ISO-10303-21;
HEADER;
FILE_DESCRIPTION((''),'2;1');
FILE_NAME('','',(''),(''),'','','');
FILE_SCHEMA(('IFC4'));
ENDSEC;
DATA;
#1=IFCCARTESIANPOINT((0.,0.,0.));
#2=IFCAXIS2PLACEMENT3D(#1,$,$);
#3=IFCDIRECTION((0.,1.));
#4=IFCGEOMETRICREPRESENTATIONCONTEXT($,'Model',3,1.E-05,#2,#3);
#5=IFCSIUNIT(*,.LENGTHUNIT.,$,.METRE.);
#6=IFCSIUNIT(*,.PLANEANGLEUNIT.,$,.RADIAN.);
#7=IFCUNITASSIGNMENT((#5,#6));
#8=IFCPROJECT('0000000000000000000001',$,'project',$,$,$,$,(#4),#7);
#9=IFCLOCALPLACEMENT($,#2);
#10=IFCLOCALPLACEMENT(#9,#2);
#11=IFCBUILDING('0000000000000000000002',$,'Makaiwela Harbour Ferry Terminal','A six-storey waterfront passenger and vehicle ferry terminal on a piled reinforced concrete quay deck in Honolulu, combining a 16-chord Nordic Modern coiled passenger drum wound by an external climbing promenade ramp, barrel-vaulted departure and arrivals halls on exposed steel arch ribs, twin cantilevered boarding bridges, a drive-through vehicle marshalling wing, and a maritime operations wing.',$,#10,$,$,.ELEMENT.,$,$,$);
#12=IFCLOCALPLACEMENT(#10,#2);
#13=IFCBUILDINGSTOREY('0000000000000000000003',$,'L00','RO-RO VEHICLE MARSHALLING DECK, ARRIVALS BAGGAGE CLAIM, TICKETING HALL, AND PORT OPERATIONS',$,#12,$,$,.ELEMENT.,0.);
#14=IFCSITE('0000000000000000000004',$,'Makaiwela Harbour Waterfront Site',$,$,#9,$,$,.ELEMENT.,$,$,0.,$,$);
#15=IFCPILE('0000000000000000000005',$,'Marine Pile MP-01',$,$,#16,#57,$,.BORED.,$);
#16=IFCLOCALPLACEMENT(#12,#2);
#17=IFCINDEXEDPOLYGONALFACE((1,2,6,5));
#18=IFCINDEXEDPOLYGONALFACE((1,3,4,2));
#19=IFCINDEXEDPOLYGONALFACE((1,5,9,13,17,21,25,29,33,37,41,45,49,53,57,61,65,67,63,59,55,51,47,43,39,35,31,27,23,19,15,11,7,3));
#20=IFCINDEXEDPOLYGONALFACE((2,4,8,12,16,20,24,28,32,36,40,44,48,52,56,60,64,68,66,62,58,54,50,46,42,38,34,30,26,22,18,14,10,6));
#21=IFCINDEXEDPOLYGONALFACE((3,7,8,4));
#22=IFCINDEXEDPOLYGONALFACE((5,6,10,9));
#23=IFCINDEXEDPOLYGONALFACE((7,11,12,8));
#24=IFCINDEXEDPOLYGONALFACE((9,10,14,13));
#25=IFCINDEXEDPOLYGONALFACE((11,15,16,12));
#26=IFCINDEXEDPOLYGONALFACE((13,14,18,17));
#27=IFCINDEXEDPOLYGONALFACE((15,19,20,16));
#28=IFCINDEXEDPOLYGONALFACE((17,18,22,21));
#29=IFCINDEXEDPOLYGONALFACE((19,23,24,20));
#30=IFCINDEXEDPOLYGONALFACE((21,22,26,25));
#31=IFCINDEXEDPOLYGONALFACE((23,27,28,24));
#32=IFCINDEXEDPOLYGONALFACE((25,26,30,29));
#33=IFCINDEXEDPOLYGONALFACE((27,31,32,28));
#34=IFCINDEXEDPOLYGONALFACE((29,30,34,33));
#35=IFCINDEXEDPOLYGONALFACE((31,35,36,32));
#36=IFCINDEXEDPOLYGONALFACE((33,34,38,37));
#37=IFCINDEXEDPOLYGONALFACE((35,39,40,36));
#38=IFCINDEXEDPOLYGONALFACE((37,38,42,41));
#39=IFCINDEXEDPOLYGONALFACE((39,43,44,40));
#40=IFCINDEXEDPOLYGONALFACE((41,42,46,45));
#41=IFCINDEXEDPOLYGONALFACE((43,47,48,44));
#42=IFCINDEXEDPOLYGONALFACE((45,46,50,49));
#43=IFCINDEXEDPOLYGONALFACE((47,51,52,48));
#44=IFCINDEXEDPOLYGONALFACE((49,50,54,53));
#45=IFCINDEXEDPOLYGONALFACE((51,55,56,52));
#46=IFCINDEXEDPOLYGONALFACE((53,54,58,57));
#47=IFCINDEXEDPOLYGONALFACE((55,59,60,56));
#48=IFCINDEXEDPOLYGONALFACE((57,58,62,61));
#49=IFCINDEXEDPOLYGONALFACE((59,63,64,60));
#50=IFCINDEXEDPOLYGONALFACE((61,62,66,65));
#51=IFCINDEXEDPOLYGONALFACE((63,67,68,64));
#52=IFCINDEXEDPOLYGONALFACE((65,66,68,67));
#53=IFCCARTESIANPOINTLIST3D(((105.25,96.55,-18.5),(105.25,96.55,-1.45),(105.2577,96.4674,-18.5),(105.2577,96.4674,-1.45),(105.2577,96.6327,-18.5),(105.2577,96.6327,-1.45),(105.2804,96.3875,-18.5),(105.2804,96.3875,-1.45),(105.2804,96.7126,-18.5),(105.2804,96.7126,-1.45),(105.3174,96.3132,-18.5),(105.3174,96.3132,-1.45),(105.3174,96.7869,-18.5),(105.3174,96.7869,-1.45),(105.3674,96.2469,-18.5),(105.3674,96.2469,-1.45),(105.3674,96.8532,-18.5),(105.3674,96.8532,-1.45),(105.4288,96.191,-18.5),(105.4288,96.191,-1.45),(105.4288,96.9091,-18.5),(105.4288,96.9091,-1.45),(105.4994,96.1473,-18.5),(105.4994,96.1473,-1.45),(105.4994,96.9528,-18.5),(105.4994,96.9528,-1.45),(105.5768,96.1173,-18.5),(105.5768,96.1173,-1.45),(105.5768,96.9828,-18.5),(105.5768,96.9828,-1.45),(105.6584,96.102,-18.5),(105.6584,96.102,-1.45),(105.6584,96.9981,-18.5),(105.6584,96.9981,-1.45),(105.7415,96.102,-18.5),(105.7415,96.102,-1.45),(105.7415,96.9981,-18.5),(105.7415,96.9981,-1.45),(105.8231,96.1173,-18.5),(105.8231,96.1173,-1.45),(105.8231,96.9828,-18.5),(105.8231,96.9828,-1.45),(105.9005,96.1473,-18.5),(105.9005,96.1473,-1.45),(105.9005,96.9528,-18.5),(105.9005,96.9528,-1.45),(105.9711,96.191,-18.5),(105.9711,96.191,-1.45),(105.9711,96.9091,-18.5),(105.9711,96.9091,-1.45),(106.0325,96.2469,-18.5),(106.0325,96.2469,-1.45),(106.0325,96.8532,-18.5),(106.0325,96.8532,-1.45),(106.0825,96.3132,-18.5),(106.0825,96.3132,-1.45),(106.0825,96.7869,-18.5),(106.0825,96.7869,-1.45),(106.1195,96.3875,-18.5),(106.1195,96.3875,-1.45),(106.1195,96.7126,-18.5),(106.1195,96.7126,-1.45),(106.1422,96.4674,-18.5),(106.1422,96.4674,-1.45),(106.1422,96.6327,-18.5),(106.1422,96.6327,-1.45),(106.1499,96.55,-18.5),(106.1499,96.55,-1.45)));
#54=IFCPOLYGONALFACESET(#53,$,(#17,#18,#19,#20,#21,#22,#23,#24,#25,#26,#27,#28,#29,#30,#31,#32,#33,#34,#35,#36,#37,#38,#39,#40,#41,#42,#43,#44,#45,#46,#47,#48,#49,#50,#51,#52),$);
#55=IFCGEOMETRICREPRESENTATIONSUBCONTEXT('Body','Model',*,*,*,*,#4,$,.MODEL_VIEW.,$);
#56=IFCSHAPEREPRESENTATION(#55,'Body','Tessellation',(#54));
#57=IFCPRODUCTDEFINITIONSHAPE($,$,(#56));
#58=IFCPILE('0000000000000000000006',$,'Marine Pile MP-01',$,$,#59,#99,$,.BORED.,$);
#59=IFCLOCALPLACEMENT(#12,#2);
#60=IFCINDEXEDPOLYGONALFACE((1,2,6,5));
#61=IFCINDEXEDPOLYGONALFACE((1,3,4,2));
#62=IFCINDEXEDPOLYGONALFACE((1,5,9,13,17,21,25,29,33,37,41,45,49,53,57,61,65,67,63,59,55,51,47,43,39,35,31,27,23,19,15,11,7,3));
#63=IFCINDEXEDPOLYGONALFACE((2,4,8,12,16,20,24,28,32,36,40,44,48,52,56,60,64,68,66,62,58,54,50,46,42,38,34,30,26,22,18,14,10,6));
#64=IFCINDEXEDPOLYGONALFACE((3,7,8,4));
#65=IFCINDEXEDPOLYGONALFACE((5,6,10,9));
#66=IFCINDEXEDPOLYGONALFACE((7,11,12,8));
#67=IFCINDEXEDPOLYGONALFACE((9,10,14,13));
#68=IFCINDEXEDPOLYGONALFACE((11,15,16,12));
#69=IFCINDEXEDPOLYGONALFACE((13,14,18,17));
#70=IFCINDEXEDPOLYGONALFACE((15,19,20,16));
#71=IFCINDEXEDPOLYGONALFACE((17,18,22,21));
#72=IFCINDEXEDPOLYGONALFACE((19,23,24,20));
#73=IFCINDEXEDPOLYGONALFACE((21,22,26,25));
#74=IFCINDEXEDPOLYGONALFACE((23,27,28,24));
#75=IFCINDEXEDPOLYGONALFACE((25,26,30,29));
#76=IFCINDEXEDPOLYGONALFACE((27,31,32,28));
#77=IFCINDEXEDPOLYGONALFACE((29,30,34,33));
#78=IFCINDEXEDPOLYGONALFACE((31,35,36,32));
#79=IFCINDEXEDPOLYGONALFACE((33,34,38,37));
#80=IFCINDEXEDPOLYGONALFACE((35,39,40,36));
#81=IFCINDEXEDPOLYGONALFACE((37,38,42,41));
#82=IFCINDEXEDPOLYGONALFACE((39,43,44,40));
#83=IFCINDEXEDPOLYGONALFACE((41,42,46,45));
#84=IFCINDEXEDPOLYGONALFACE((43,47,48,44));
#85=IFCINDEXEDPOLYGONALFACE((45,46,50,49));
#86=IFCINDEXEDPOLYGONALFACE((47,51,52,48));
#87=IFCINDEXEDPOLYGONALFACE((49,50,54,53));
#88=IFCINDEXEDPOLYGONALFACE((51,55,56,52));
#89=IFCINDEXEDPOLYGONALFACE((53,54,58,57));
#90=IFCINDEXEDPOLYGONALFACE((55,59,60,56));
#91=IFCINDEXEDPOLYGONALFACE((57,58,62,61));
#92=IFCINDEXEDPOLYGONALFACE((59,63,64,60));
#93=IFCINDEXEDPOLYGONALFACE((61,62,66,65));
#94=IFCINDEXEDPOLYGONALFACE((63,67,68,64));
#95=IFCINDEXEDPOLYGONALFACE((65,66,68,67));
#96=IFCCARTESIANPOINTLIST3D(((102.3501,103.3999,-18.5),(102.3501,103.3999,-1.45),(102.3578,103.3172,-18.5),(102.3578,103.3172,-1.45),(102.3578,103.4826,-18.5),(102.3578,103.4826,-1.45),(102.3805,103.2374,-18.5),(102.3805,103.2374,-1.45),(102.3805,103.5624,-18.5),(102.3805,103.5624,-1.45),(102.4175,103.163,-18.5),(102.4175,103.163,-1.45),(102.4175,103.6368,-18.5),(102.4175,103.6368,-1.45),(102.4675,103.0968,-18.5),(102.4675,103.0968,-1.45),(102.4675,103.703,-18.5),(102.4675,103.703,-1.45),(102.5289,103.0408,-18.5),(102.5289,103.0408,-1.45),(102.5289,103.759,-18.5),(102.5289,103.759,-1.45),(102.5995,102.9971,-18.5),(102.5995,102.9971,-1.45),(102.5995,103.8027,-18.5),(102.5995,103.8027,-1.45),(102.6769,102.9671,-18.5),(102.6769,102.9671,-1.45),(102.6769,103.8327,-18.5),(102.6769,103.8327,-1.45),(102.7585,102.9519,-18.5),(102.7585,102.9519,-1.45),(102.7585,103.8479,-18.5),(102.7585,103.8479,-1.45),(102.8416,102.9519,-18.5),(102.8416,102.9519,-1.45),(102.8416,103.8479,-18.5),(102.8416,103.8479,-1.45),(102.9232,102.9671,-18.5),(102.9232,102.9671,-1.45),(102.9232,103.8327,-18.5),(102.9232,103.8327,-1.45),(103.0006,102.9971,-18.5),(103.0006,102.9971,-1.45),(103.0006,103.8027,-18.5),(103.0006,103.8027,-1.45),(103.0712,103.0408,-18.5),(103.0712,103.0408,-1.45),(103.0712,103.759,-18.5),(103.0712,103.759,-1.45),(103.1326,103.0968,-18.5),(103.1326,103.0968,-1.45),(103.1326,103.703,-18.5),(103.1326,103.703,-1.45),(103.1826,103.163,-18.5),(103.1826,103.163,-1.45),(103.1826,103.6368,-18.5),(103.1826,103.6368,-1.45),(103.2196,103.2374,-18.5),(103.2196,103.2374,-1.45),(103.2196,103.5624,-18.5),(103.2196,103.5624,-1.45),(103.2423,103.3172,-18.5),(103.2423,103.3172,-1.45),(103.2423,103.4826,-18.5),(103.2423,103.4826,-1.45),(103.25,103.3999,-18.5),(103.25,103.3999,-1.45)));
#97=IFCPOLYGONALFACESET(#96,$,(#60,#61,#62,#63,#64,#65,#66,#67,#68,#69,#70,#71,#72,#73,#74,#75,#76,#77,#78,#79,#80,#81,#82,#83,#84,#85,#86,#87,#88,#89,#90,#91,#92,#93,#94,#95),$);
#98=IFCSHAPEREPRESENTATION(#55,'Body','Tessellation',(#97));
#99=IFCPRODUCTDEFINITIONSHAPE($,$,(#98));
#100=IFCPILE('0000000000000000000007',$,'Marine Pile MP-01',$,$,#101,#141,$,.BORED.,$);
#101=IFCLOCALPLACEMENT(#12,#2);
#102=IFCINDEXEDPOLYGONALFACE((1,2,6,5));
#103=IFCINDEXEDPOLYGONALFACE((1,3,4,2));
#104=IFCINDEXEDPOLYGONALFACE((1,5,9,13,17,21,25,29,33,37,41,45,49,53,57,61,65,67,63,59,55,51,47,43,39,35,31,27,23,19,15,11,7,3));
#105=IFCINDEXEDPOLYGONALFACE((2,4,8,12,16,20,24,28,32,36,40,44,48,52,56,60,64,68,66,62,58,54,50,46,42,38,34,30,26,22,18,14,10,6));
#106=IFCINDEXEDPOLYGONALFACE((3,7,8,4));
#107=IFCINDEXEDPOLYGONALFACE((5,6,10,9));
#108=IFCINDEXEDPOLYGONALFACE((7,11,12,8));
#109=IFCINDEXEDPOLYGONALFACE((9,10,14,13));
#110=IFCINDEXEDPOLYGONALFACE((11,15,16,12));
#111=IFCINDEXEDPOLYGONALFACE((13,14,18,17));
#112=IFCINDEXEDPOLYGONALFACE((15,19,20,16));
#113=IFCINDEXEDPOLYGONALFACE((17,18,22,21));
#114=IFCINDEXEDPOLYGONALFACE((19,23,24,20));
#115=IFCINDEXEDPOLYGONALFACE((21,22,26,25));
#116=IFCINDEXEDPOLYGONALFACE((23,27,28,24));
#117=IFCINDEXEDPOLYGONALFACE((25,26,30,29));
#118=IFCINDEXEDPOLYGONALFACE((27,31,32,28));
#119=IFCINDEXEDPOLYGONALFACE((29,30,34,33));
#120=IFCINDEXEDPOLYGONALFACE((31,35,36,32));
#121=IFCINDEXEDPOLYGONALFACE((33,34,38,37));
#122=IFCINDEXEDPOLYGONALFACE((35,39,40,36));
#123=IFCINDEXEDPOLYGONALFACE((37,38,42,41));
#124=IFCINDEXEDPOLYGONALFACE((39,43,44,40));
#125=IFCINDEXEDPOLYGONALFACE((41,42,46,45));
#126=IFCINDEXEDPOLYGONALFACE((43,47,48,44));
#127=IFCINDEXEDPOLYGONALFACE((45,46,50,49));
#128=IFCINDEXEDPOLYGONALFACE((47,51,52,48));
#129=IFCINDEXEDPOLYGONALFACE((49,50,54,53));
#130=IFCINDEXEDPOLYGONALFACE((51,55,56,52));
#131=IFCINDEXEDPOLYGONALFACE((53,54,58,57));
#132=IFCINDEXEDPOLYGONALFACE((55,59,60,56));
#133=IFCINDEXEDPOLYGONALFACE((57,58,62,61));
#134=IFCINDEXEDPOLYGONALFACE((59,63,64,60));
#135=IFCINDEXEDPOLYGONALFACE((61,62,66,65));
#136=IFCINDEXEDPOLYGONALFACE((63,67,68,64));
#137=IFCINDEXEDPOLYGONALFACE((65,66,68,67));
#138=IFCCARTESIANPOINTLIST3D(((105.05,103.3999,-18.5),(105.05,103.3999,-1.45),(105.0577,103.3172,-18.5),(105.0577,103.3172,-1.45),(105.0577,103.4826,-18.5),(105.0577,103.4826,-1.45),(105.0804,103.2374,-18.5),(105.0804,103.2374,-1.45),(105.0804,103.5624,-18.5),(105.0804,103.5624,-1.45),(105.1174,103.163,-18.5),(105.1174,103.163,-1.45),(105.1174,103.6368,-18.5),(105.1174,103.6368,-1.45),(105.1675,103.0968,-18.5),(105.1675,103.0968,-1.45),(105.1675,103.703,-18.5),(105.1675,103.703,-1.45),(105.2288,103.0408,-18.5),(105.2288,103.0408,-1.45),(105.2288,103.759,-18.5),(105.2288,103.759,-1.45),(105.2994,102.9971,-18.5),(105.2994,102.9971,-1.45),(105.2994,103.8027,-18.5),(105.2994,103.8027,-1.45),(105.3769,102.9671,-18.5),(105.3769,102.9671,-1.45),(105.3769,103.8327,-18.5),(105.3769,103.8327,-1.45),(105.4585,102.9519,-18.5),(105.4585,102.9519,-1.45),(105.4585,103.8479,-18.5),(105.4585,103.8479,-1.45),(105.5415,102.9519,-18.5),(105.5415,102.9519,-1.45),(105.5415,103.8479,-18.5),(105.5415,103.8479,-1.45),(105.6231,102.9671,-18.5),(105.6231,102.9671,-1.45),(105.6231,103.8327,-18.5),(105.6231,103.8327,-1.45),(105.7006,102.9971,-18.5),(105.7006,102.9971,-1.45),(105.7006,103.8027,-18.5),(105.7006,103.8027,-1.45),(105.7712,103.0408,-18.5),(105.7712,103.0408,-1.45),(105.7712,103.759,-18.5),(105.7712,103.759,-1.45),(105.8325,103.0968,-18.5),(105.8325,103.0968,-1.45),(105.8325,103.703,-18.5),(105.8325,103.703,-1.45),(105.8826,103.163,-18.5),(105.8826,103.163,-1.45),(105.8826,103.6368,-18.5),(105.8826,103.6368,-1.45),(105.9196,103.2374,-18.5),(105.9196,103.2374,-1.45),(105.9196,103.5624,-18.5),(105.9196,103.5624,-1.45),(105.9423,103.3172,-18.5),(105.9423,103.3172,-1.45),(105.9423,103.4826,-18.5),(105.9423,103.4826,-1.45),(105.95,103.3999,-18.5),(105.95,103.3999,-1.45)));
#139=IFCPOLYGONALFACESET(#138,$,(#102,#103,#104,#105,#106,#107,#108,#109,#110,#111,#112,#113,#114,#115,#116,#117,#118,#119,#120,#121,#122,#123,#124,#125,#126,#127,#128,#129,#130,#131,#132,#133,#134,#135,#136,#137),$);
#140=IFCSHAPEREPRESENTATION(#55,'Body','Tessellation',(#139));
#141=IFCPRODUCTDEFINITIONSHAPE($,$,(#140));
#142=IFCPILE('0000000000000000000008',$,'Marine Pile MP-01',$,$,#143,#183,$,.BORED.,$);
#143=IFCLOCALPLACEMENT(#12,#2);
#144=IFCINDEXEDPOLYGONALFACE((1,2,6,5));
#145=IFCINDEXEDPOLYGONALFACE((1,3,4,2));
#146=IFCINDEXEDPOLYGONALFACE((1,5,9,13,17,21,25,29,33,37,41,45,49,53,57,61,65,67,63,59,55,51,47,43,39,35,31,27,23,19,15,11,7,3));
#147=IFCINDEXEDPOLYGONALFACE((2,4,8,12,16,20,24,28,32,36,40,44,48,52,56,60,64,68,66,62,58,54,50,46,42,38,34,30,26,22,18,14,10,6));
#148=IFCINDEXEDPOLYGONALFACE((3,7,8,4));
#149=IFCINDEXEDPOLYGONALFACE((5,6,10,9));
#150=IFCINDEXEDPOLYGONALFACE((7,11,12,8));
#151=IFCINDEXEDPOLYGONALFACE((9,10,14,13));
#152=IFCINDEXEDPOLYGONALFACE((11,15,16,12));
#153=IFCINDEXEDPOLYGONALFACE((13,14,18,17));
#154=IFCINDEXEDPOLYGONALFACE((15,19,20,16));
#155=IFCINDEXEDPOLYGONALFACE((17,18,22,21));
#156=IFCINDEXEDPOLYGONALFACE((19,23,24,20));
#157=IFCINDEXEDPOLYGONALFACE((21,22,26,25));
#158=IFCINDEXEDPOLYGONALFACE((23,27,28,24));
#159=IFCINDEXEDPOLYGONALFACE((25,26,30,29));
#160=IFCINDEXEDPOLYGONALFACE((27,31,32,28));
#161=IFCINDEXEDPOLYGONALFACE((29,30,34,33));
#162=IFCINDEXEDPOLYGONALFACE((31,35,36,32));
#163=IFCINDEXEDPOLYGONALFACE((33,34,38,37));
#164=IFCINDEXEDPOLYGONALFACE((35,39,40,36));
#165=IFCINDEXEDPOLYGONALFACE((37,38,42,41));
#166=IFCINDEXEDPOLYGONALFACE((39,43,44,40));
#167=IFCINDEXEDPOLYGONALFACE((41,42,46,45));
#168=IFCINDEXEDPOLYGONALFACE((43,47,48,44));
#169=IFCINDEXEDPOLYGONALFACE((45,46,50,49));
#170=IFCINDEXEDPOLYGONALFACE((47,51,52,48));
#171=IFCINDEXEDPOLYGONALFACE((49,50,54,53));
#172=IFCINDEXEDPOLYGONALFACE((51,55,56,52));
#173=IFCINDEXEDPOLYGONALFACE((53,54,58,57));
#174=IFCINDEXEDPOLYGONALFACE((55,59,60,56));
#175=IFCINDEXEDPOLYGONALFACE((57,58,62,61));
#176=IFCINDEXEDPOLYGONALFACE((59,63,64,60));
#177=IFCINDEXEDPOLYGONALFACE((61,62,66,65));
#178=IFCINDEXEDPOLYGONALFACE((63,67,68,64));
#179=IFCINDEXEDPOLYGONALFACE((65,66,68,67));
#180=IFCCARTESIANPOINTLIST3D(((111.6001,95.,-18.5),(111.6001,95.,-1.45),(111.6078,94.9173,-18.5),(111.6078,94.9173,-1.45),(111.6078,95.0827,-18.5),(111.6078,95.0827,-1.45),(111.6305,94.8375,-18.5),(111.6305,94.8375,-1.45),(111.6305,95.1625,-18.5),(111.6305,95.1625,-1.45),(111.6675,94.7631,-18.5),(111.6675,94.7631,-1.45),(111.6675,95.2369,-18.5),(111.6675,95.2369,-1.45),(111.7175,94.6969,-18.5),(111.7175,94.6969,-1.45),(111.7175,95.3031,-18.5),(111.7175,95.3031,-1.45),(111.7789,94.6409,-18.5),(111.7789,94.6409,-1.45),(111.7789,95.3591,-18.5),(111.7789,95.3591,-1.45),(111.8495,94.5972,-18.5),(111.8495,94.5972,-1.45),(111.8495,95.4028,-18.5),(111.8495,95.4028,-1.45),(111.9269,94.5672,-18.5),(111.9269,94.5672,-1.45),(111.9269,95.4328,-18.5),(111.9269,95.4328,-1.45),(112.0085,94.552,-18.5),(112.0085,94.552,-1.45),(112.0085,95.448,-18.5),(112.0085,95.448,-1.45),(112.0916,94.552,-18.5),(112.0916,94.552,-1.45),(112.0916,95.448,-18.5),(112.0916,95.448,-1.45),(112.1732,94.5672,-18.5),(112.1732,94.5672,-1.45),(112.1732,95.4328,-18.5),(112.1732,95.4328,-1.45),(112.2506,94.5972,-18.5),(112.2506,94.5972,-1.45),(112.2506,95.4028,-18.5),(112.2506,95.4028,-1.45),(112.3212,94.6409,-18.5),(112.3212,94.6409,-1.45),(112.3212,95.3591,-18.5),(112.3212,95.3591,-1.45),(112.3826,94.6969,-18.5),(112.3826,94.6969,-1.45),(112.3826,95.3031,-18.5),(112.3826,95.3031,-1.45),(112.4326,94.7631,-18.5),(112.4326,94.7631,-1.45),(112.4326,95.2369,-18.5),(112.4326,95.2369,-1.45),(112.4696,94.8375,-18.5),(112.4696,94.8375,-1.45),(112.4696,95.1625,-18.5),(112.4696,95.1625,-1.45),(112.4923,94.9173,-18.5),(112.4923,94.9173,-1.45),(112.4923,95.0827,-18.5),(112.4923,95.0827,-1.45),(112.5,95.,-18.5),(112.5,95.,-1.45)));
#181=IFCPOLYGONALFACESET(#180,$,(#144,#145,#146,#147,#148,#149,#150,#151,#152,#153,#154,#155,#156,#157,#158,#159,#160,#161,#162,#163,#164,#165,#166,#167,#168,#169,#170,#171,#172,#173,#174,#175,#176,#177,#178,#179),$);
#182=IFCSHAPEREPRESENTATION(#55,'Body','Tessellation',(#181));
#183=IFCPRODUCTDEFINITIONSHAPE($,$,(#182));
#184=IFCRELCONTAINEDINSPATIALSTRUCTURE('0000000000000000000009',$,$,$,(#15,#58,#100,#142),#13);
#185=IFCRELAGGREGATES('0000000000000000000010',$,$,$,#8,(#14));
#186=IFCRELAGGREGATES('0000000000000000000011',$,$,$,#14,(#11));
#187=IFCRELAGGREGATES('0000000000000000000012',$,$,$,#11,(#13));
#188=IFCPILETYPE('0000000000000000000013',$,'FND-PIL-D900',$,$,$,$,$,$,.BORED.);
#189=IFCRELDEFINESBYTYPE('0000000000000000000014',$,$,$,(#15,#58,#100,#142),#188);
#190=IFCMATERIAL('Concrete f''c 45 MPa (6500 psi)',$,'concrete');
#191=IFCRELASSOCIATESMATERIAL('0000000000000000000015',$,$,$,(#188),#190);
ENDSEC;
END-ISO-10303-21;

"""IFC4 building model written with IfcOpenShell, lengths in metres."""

from ifc_helpers import new_model, si_unit, direction, frame, origin, origin_2d, place, context, subcontext, project, spatial, circle, extrude, material, material_profile, profile_set, type_object, element, save


model = new_model("IFC4")

# Units and contexts
model_context = context("Model", 3, precision=1e-05, world=origin(), true_north=direction((0.0, 1.0)))
body_context = subcontext(model_context, "Body", "Model", "MODEL_VIEW")
ifc_project = project(units=[si_unit("LENGTHUNIT", "METRE"), si_unit("PLANEANGLEUNIT", "RADIAN")], contexts=[model_context])

# Site, building, storey
site_placement = place(None, origin())
site = spatial("IfcSite", under=ifc_project, at=site_placement, Name="Makaiwela Harbour Waterfront Site", CompositionType="ELEMENT", RefElevation=0.0)
building_placement = place(site_placement, origin())
building = spatial("IfcBuilding", under=site, at=building_placement, Name="Makaiwela Harbour Ferry Terminal", Description="A six-storey waterfront passenger and vehicle ferry terminal on a piled reinforced concrete quay deck in Honolulu, combining a 16-chord Nordic Modern coiled passenger drum wound by an external climbing promenade ramp, barrel-vaulted departure and arrivals halls on exposed steel arch ribs, twin cantilevered boarding bridges, a drive-through vehicle marshalling wing, and a maritime operations wing.", CompositionType="ELEMENT")
storey_placement = place(building_placement, origin())
storey = spatial("IfcBuildingStorey", under=building, at=storey_placement, Name="L00", Description="RO-RO VEHICLE MARSHALLING DECK, ARRIVALS BAGGAGE CLAIM, TICKETING HALL, AND PORT OPERATIONS", CompositionType="ELEMENT", Elevation=0.0)

# Shared definitions
ifc_material_1 = material(Name="Concrete f'c 45 MPa (6500 psi)", Category="concrete")

# Piles
ifc_material_profile_1 = material_profile(ifc_material_1, circle(Radius=0.45, at=origin_2d()), Name="PILE-D900")
ifc_profile_set_1 = profile_set([ifc_material_profile_1], Name="Concrete f'c 45 MPa (6500 psi)")
pile_type = type_object("IfcPileType", Name="FND-PIL-D900", PredefinedType="BORED", material=ifc_profile_set_1)
for number, where, z_axis, x_axis, name in (
    (1, (105.7, 96.55, -1.45), (0.0, 0.0, -1.0), (1.0, 0.0, 0.0), "Marine Pile MP-01"),
    (2, (102.8, 103.3999, -1.45), (0.0, 0.0, -1.0), (1.0, 0.0, 0.0), "Marine Pile MP-01"),
    (3, (105.5, 103.3999, -1.45), (0.0, 0.0, -1.0), (1.0, 0.0, 0.0), "Marine Pile MP-01"),
    (4, (112.05, 95.0, -1.45), (0.0, 0.0, -1.0), (1.0, 0.0, 0.0), "Marine Pile MP-01"),
):
    element("IfcPile", number, at=place(storey_placement, frame(where, z_axis=z_axis, x_axis=x_axis)), inside=storey, type_object=pile_type, Name=name, PredefinedType="BORED", context=body_context, shape_type="SweptSolid", body=[
        extrude(circle(Radius=0.45, at=origin_2d()), origin(), (0.0, 0.0, 1.0), 17.05),
    ])

save(model, "model.ifc")
